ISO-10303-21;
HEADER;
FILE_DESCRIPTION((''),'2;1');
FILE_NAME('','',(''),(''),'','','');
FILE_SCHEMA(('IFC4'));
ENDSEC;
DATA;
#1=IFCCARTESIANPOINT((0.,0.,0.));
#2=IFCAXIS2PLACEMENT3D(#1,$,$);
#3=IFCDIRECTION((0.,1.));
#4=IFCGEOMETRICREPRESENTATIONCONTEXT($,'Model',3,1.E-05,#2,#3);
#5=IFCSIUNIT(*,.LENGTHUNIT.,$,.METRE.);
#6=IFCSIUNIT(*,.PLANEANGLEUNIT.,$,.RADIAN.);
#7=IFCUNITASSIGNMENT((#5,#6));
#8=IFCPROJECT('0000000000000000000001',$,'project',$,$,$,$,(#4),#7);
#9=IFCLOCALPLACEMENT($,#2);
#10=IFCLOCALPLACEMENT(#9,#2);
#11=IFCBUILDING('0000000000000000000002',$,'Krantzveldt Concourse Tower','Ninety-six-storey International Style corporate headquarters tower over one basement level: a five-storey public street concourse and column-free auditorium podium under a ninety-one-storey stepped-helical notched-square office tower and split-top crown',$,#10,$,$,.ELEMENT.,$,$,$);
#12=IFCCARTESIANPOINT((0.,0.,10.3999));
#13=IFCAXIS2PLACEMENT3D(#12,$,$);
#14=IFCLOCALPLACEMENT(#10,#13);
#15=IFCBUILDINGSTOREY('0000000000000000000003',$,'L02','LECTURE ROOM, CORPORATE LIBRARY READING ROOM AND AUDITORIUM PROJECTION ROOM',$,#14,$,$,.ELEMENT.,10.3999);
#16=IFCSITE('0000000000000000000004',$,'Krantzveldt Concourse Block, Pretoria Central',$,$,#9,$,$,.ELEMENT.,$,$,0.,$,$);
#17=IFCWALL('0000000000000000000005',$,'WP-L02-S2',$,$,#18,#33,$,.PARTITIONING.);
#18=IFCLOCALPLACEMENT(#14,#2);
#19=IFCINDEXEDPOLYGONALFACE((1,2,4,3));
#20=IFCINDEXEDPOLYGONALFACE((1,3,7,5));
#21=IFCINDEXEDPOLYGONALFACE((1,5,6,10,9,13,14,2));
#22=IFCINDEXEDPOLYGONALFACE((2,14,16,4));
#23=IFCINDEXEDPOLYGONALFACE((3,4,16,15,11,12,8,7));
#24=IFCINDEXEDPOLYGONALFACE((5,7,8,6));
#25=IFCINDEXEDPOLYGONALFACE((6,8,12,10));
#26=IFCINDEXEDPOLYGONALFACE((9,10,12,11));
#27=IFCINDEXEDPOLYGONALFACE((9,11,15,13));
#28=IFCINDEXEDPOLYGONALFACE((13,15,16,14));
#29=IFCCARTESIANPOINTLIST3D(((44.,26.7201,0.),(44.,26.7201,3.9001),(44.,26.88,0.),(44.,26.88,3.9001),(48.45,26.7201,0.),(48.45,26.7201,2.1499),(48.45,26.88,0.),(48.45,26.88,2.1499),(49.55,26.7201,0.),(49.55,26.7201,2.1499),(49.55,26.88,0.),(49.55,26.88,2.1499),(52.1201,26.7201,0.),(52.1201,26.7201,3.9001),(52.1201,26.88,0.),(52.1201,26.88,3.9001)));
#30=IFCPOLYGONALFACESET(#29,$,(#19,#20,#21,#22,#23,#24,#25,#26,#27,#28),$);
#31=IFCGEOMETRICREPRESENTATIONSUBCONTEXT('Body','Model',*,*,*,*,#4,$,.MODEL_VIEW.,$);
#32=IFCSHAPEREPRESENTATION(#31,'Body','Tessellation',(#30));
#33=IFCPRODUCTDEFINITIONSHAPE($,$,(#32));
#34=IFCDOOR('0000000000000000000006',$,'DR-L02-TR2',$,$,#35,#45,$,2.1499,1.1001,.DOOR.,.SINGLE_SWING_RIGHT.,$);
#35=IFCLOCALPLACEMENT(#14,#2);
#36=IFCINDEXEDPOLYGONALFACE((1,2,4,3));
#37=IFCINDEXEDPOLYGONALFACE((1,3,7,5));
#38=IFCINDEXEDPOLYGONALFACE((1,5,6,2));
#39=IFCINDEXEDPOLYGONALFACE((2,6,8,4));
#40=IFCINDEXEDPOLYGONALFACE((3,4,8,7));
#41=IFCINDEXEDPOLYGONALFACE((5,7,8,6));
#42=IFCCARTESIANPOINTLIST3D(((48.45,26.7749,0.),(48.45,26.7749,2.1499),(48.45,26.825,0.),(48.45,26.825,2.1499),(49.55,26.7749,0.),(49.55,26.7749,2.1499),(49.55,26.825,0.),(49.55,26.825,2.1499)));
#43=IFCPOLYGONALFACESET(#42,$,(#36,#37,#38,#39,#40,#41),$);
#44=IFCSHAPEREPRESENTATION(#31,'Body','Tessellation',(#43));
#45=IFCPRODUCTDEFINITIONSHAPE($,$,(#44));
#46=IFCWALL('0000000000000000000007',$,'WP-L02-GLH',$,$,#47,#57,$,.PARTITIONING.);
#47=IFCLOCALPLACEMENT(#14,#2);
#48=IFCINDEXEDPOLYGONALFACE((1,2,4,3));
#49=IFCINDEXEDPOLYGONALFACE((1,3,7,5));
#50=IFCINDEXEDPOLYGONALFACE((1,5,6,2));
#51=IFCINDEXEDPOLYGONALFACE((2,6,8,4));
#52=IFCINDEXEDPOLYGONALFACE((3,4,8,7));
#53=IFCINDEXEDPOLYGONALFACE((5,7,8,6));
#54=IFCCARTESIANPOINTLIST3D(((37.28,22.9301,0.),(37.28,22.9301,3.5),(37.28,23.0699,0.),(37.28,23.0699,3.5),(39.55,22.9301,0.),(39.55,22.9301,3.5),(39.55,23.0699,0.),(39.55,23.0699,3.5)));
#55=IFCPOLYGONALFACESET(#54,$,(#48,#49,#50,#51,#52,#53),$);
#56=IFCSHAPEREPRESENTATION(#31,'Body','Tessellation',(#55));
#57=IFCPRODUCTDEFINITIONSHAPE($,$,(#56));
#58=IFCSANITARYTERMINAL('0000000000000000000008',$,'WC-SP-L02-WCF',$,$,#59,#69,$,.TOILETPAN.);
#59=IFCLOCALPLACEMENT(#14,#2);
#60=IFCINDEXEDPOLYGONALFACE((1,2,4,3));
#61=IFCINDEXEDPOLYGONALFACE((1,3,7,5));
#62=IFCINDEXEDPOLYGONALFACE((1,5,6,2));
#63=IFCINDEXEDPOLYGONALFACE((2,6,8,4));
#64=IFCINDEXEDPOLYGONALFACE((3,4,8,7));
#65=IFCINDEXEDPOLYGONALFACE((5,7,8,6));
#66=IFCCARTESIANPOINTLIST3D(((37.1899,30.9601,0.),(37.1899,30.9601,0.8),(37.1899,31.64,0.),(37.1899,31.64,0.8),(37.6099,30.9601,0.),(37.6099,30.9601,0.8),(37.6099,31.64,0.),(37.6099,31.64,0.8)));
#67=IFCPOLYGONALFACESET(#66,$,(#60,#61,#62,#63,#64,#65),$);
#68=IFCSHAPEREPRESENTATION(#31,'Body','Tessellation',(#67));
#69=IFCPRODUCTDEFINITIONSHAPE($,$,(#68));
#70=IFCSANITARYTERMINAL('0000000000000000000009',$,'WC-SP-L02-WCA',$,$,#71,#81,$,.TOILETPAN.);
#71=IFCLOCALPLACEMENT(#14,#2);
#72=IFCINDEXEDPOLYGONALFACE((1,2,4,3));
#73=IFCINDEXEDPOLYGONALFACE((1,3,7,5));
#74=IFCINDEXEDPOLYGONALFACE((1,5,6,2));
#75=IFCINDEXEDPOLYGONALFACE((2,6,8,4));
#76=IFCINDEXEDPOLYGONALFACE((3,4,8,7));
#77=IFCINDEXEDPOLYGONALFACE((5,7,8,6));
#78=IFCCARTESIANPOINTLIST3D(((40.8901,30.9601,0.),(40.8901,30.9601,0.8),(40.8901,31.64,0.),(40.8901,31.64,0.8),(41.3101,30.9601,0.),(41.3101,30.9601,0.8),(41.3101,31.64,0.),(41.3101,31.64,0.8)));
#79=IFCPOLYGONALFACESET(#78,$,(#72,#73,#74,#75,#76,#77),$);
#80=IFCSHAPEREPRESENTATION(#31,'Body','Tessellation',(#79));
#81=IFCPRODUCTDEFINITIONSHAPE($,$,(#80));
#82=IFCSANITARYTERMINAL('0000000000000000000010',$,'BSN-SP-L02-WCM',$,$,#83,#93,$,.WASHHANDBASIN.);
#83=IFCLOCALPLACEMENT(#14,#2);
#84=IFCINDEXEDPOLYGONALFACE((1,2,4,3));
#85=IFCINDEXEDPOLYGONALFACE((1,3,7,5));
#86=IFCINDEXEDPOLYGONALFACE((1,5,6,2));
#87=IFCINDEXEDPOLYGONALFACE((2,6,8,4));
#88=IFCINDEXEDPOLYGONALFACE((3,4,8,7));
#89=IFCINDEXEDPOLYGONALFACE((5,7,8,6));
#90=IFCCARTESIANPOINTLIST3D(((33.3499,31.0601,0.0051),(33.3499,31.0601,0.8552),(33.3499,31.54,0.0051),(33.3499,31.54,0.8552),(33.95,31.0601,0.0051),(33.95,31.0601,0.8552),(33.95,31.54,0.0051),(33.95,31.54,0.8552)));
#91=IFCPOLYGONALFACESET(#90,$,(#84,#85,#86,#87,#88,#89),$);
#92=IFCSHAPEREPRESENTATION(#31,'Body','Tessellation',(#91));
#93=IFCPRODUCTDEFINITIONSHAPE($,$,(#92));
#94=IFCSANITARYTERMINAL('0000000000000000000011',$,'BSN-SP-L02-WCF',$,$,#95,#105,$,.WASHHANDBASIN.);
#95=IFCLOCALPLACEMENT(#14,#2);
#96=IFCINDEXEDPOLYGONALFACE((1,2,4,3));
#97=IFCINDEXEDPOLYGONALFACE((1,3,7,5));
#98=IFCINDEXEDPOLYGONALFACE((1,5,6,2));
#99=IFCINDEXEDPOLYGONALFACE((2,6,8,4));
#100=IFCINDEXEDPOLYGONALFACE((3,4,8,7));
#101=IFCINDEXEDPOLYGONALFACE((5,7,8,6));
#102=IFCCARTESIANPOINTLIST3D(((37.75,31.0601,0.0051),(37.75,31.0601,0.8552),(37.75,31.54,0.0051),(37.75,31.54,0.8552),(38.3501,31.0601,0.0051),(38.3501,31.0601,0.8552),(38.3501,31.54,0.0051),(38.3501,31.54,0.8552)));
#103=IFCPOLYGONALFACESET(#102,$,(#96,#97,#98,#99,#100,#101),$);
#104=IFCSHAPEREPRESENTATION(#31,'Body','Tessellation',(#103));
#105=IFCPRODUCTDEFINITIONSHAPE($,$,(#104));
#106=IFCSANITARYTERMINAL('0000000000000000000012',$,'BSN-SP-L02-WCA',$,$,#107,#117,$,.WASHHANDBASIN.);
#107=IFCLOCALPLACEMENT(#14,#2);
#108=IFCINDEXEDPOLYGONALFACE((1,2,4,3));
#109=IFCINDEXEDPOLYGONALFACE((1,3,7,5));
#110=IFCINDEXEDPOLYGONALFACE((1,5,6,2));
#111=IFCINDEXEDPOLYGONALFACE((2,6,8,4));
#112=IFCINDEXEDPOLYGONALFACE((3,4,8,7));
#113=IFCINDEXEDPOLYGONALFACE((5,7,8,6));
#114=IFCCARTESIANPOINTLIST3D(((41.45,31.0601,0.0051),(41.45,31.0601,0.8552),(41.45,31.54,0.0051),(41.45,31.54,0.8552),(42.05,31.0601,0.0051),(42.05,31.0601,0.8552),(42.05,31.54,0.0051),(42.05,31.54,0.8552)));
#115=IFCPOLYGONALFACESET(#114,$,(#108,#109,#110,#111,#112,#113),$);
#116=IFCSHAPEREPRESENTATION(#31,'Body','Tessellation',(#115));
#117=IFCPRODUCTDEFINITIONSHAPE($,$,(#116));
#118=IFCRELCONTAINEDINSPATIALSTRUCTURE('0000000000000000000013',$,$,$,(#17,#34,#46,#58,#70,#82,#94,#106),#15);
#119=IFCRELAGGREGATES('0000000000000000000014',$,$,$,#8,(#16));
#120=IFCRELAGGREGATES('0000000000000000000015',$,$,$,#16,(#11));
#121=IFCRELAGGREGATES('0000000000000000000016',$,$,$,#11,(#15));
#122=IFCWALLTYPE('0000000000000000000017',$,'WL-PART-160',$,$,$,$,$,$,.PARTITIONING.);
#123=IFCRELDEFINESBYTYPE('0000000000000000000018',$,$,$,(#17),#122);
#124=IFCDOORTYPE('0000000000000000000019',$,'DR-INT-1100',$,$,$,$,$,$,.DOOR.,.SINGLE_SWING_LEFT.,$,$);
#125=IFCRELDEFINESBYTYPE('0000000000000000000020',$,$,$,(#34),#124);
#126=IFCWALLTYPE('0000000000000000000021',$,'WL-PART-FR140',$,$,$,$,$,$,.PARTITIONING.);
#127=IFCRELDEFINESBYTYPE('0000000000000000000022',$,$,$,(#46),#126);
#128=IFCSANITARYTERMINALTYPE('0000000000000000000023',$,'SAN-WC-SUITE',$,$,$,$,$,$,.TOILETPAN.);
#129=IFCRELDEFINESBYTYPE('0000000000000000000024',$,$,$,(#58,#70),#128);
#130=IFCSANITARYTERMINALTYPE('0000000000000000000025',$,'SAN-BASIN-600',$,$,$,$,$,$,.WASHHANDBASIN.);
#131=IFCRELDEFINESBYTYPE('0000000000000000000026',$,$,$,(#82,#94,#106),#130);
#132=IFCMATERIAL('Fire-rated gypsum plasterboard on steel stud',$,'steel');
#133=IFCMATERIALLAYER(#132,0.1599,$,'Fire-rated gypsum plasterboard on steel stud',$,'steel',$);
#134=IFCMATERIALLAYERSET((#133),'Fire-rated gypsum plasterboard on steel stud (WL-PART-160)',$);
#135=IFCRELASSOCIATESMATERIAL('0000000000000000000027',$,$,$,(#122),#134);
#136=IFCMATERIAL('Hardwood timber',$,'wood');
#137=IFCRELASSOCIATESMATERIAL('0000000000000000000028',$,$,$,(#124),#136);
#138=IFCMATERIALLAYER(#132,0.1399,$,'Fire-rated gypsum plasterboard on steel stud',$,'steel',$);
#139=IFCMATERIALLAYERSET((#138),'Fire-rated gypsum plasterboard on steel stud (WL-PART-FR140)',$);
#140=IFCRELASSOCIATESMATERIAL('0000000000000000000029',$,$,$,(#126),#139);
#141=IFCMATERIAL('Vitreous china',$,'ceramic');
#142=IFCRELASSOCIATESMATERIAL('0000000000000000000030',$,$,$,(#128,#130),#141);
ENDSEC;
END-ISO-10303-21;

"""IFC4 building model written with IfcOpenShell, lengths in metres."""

from ifc_helpers import new_model, si_unit, direction, frame, frame_2d, origin, origin_2d, place, context, subcontext, project, spatial, rectangle, extrude, source, transform, mapped, material, layer, layer_set, type_object, type_shapes, element, fill, save


model = new_model("IFC4")

# Units and contexts
model_context = context("Model", 3, precision=1e-05, world=origin(), true_north=direction((0.0, 1.0)))
body_context = subcontext(model_context, "Body", "Model", "MODEL_VIEW")
ifc_project = project(units=[si_unit("LENGTHUNIT", "METRE"), si_unit("PLANEANGLEUNIT", "RADIAN")], contexts=[model_context])

# Site, building, storey
site_placement = place(None, origin())
site = spatial("IfcSite", under=ifc_project, at=site_placement, Name="Krantzveldt Concourse Block, Pretoria Central", CompositionType="ELEMENT", RefElevation=0.0)
building_placement = place(site_placement, origin())
building = spatial("IfcBuilding", under=site, at=building_placement, Name="Krantzveldt Concourse Tower", Description="Ninety-six-storey International Style corporate headquarters tower over one basement level: a five-storey public street concourse and column-free auditorium podium under a ninety-one-storey stepped-helical notched-square office tower and split-top crown", CompositionType="ELEMENT")
storey_placement = place(building_placement, frame((0.0, 0.0, 10.3999)))
storey = spatial("IfcBuildingStorey", under=building, at=storey_placement, Name="L02", Description="LECTURE ROOM, CORPORATE LIBRARY READING ROOM AND AUDITORIUM PROJECTION ROOM", CompositionType="ELEMENT", Elevation=10.3999)

# Shared definitions
ifc_material_1 = material(Name="Fire-rated gypsum plasterboard on steel stud", Category="steel")

# Wall, opening, door
ifc_layer_1 = layer(ifc_material_1, 0.1599, Name="Fire-rated gypsum plasterboard on steel stud", Category="steel")
ifc_layer_set_1 = layer_set([ifc_layer_1], Name="Fire-rated gypsum plasterboard on steel stud (WL-PART-160)")
wall_type_1 = type_object("IfcWallType", Name="WL-PART-160", PredefinedType="PARTITIONING", material=ifc_layer_set_1)
wall_1_placement = place(storey_placement, frame((44.0, 26.8, 0.0), z_axis=(0.0, 0.0, 1.0), x_axis=(1.0, 0.0, 0.0)))
wall_1 = element("IfcWall", 1, at=wall_1_placement, inside=storey, type_object=wall_type_1, Name="WP-L02-S2", PredefinedType="PARTITIONING", context=body_context, shape_type="SweptSolid", body=[
    extrude(rectangle(XDim=8.1201, YDim=0.1599, at=frame_2d((4.0601, 0.0))), origin(), (0.0, 0.0, 1.0), 3.9001),
])
opening_1_placement = place(wall_1_placement, frame((4.45, 0.0, 0.0)))
opening_1 = element("IfcOpeningElement", 2, at=opening_1_placement, cuts=wall_1, PredefinedType="OPENING", context=body_context, shape_type="SweptSolid", body=[
    extrude(rectangle(XDim=1.1001, YDim=2.1499, at=frame_2d((0.55, 1.075))), frame((0.0, 0.0898, 0.0), z_axis=(0.0, -1.0, 0.0), x_axis=(1.0, 0.0, 0.0)), (0.0, 0.0, 1.0), 0.1799),
])
ifc_material_2 = material(Name="Hardwood timber", Category="wood")
door_type_1 = type_object("IfcDoorType", Name="DR-INT-1100", OperationType="SINGLE_SWING_LEFT", PredefinedType="DOOR", material=ifc_material_2)
door_1_placement = place(opening_1_placement, origin())
door_1 = element("IfcDoor", 3, at=door_1_placement, inside=storey, type_object=door_type_1, Name="DR-L02-TR2", OperationType="SINGLE_SWING_RIGHT", OverallHeight=2.1499, OverallWidth=1.1001, PredefinedType="DOOR", context=body_context, shape_type="SweptSolid", body=[
    extrude(rectangle(XDim=1.1001, YDim=2.1499, at=frame_2d((0.55, 1.075))), frame((0.0, 0.0249, 0.0), z_axis=(0.0, -1.0, 0.0), x_axis=(1.0, 0.0, 0.0)), (0.0, 0.0, 1.0), 0.05),
])
fill(opening_1, door_1)

# Wall
ifc_layer_2 = layer(ifc_material_1, 0.1399, Name="Fire-rated gypsum plasterboard on steel stud", Category="steel")
ifc_layer_set_2 = layer_set([ifc_layer_2], Name="Fire-rated gypsum plasterboard on steel stud (WL-PART-FR140)")
wall_type_2 = type_object("IfcWallType", Name="WL-PART-FR140", PredefinedType="PARTITIONING", material=ifc_layer_set_2)
wall_2_placement = place(storey_placement, frame((37.28, 23.0, 0.0), z_axis=(0.0, 0.0, 1.0), x_axis=(1.0, 0.0, 0.0)))
element("IfcWall", 4, at=wall_2_placement, inside=storey, type_object=wall_type_2, Name="WP-L02-GLH", PredefinedType="PARTITIONING", context=body_context, shape_type="SweptSolid", body=[
    extrude(rectangle(XDim=2.27, YDim=0.1399, at=frame_2d((1.135, 0.0))), origin(), (0.0, 0.0, 1.0), 3.5),
])

# Sanitary terminals
ifc_material_3 = material(Name="Vitreous china", Category="ceramic")
sanitary_terminal_type_1 = type_object("IfcSanitaryTerminalType", Name="SAN-WC-SUITE", PredefinedType="TOILETPAN", material=ifc_material_3)
shared_shape_1 = source(origin(), body_context, "Body", "SweptSolid", [
    extrude(rectangle(XDim=0.4199, YDim=0.6799, at=origin_2d()), origin(), (0.0, 0.0, 1.0), 0.8),
])
type_shapes(sanitary_terminal_type_1, [shared_shape_1])
for number, where, z_axis, x_axis, name in (
    (5, (37.3999, 31.3, 0.0), (0.0, 0.0, 1.0), (1.0, 0.0, 0.0), "WC-SP-L02-WCF"),
    (6, (41.1001, 31.3, 0.0), (0.0, 0.0, 1.0), (1.0, 0.0, 0.0), "WC-SP-L02-WCA"),
):
    element("IfcSanitaryTerminal", number, at=place(storey_placement, frame(where, z_axis=z_axis, x_axis=x_axis)), inside=storey, type_object=sanitary_terminal_type_1, Name=name, PredefinedType="TOILETPAN", context=body_context, shape_type="MappedRepresentation", body=[
        mapped(shared_shape_1, transform((0.0, 0.0, 0.0), x_axis=(1.0, 0.0, 0.0), y_axis=(0.0, 1.0, 0.0), z_axis=(0.0, 0.0, 1.0), scale=1.0)),
    ])
sanitary_terminal_type_2 = type_object("IfcSanitaryTerminalType", Name="SAN-BASIN-600", PredefinedType="WASHHANDBASIN", material=ifc_material_3)
shared_shape_2 = source(origin(), body_context, "Body", "SweptSolid", [
    extrude(rectangle(XDim=0.6001, YDim=0.48, at=origin_2d()), origin(), (0.0, 0.0, 1.0), 0.8501),
])
type_shapes(sanitary_terminal_type_2, [shared_shape_2])
for number, where, z_axis, x_axis, name in (
    (7, (33.6499, 31.3, 0.0051), (0.0, 0.0, 1.0), (1.0, 0.0, 0.0), "BSN-SP-L02-WCM"),
    (8, (38.05, 31.3, 0.0051), (0.0, 0.0, 1.0), (1.0, 0.0, 0.0), "BSN-SP-L02-WCF"),
    (9, (41.75, 31.3, 0.0051), (0.0, 0.0, 1.0), (1.0, 0.0, 0.0), "BSN-SP-L02-WCA"),
):
    element("IfcSanitaryTerminal", number, at=place(storey_placement, frame(where, z_axis=z_axis, x_axis=x_axis)), inside=storey, type_object=sanitary_terminal_type_2, Name=name, PredefinedType="WASHHANDBASIN", context=body_context, shape_type="MappedRepresentation", body=[
        mapped(shared_shape_2, transform((0.0, 0.0, 0.0), x_axis=(1.0, 0.0, 0.0), y_axis=(0.0, 1.0, 0.0), z_axis=(0.0, 0.0, 1.0), scale=1.0)),
    ])

save(model, "model.ifc")
